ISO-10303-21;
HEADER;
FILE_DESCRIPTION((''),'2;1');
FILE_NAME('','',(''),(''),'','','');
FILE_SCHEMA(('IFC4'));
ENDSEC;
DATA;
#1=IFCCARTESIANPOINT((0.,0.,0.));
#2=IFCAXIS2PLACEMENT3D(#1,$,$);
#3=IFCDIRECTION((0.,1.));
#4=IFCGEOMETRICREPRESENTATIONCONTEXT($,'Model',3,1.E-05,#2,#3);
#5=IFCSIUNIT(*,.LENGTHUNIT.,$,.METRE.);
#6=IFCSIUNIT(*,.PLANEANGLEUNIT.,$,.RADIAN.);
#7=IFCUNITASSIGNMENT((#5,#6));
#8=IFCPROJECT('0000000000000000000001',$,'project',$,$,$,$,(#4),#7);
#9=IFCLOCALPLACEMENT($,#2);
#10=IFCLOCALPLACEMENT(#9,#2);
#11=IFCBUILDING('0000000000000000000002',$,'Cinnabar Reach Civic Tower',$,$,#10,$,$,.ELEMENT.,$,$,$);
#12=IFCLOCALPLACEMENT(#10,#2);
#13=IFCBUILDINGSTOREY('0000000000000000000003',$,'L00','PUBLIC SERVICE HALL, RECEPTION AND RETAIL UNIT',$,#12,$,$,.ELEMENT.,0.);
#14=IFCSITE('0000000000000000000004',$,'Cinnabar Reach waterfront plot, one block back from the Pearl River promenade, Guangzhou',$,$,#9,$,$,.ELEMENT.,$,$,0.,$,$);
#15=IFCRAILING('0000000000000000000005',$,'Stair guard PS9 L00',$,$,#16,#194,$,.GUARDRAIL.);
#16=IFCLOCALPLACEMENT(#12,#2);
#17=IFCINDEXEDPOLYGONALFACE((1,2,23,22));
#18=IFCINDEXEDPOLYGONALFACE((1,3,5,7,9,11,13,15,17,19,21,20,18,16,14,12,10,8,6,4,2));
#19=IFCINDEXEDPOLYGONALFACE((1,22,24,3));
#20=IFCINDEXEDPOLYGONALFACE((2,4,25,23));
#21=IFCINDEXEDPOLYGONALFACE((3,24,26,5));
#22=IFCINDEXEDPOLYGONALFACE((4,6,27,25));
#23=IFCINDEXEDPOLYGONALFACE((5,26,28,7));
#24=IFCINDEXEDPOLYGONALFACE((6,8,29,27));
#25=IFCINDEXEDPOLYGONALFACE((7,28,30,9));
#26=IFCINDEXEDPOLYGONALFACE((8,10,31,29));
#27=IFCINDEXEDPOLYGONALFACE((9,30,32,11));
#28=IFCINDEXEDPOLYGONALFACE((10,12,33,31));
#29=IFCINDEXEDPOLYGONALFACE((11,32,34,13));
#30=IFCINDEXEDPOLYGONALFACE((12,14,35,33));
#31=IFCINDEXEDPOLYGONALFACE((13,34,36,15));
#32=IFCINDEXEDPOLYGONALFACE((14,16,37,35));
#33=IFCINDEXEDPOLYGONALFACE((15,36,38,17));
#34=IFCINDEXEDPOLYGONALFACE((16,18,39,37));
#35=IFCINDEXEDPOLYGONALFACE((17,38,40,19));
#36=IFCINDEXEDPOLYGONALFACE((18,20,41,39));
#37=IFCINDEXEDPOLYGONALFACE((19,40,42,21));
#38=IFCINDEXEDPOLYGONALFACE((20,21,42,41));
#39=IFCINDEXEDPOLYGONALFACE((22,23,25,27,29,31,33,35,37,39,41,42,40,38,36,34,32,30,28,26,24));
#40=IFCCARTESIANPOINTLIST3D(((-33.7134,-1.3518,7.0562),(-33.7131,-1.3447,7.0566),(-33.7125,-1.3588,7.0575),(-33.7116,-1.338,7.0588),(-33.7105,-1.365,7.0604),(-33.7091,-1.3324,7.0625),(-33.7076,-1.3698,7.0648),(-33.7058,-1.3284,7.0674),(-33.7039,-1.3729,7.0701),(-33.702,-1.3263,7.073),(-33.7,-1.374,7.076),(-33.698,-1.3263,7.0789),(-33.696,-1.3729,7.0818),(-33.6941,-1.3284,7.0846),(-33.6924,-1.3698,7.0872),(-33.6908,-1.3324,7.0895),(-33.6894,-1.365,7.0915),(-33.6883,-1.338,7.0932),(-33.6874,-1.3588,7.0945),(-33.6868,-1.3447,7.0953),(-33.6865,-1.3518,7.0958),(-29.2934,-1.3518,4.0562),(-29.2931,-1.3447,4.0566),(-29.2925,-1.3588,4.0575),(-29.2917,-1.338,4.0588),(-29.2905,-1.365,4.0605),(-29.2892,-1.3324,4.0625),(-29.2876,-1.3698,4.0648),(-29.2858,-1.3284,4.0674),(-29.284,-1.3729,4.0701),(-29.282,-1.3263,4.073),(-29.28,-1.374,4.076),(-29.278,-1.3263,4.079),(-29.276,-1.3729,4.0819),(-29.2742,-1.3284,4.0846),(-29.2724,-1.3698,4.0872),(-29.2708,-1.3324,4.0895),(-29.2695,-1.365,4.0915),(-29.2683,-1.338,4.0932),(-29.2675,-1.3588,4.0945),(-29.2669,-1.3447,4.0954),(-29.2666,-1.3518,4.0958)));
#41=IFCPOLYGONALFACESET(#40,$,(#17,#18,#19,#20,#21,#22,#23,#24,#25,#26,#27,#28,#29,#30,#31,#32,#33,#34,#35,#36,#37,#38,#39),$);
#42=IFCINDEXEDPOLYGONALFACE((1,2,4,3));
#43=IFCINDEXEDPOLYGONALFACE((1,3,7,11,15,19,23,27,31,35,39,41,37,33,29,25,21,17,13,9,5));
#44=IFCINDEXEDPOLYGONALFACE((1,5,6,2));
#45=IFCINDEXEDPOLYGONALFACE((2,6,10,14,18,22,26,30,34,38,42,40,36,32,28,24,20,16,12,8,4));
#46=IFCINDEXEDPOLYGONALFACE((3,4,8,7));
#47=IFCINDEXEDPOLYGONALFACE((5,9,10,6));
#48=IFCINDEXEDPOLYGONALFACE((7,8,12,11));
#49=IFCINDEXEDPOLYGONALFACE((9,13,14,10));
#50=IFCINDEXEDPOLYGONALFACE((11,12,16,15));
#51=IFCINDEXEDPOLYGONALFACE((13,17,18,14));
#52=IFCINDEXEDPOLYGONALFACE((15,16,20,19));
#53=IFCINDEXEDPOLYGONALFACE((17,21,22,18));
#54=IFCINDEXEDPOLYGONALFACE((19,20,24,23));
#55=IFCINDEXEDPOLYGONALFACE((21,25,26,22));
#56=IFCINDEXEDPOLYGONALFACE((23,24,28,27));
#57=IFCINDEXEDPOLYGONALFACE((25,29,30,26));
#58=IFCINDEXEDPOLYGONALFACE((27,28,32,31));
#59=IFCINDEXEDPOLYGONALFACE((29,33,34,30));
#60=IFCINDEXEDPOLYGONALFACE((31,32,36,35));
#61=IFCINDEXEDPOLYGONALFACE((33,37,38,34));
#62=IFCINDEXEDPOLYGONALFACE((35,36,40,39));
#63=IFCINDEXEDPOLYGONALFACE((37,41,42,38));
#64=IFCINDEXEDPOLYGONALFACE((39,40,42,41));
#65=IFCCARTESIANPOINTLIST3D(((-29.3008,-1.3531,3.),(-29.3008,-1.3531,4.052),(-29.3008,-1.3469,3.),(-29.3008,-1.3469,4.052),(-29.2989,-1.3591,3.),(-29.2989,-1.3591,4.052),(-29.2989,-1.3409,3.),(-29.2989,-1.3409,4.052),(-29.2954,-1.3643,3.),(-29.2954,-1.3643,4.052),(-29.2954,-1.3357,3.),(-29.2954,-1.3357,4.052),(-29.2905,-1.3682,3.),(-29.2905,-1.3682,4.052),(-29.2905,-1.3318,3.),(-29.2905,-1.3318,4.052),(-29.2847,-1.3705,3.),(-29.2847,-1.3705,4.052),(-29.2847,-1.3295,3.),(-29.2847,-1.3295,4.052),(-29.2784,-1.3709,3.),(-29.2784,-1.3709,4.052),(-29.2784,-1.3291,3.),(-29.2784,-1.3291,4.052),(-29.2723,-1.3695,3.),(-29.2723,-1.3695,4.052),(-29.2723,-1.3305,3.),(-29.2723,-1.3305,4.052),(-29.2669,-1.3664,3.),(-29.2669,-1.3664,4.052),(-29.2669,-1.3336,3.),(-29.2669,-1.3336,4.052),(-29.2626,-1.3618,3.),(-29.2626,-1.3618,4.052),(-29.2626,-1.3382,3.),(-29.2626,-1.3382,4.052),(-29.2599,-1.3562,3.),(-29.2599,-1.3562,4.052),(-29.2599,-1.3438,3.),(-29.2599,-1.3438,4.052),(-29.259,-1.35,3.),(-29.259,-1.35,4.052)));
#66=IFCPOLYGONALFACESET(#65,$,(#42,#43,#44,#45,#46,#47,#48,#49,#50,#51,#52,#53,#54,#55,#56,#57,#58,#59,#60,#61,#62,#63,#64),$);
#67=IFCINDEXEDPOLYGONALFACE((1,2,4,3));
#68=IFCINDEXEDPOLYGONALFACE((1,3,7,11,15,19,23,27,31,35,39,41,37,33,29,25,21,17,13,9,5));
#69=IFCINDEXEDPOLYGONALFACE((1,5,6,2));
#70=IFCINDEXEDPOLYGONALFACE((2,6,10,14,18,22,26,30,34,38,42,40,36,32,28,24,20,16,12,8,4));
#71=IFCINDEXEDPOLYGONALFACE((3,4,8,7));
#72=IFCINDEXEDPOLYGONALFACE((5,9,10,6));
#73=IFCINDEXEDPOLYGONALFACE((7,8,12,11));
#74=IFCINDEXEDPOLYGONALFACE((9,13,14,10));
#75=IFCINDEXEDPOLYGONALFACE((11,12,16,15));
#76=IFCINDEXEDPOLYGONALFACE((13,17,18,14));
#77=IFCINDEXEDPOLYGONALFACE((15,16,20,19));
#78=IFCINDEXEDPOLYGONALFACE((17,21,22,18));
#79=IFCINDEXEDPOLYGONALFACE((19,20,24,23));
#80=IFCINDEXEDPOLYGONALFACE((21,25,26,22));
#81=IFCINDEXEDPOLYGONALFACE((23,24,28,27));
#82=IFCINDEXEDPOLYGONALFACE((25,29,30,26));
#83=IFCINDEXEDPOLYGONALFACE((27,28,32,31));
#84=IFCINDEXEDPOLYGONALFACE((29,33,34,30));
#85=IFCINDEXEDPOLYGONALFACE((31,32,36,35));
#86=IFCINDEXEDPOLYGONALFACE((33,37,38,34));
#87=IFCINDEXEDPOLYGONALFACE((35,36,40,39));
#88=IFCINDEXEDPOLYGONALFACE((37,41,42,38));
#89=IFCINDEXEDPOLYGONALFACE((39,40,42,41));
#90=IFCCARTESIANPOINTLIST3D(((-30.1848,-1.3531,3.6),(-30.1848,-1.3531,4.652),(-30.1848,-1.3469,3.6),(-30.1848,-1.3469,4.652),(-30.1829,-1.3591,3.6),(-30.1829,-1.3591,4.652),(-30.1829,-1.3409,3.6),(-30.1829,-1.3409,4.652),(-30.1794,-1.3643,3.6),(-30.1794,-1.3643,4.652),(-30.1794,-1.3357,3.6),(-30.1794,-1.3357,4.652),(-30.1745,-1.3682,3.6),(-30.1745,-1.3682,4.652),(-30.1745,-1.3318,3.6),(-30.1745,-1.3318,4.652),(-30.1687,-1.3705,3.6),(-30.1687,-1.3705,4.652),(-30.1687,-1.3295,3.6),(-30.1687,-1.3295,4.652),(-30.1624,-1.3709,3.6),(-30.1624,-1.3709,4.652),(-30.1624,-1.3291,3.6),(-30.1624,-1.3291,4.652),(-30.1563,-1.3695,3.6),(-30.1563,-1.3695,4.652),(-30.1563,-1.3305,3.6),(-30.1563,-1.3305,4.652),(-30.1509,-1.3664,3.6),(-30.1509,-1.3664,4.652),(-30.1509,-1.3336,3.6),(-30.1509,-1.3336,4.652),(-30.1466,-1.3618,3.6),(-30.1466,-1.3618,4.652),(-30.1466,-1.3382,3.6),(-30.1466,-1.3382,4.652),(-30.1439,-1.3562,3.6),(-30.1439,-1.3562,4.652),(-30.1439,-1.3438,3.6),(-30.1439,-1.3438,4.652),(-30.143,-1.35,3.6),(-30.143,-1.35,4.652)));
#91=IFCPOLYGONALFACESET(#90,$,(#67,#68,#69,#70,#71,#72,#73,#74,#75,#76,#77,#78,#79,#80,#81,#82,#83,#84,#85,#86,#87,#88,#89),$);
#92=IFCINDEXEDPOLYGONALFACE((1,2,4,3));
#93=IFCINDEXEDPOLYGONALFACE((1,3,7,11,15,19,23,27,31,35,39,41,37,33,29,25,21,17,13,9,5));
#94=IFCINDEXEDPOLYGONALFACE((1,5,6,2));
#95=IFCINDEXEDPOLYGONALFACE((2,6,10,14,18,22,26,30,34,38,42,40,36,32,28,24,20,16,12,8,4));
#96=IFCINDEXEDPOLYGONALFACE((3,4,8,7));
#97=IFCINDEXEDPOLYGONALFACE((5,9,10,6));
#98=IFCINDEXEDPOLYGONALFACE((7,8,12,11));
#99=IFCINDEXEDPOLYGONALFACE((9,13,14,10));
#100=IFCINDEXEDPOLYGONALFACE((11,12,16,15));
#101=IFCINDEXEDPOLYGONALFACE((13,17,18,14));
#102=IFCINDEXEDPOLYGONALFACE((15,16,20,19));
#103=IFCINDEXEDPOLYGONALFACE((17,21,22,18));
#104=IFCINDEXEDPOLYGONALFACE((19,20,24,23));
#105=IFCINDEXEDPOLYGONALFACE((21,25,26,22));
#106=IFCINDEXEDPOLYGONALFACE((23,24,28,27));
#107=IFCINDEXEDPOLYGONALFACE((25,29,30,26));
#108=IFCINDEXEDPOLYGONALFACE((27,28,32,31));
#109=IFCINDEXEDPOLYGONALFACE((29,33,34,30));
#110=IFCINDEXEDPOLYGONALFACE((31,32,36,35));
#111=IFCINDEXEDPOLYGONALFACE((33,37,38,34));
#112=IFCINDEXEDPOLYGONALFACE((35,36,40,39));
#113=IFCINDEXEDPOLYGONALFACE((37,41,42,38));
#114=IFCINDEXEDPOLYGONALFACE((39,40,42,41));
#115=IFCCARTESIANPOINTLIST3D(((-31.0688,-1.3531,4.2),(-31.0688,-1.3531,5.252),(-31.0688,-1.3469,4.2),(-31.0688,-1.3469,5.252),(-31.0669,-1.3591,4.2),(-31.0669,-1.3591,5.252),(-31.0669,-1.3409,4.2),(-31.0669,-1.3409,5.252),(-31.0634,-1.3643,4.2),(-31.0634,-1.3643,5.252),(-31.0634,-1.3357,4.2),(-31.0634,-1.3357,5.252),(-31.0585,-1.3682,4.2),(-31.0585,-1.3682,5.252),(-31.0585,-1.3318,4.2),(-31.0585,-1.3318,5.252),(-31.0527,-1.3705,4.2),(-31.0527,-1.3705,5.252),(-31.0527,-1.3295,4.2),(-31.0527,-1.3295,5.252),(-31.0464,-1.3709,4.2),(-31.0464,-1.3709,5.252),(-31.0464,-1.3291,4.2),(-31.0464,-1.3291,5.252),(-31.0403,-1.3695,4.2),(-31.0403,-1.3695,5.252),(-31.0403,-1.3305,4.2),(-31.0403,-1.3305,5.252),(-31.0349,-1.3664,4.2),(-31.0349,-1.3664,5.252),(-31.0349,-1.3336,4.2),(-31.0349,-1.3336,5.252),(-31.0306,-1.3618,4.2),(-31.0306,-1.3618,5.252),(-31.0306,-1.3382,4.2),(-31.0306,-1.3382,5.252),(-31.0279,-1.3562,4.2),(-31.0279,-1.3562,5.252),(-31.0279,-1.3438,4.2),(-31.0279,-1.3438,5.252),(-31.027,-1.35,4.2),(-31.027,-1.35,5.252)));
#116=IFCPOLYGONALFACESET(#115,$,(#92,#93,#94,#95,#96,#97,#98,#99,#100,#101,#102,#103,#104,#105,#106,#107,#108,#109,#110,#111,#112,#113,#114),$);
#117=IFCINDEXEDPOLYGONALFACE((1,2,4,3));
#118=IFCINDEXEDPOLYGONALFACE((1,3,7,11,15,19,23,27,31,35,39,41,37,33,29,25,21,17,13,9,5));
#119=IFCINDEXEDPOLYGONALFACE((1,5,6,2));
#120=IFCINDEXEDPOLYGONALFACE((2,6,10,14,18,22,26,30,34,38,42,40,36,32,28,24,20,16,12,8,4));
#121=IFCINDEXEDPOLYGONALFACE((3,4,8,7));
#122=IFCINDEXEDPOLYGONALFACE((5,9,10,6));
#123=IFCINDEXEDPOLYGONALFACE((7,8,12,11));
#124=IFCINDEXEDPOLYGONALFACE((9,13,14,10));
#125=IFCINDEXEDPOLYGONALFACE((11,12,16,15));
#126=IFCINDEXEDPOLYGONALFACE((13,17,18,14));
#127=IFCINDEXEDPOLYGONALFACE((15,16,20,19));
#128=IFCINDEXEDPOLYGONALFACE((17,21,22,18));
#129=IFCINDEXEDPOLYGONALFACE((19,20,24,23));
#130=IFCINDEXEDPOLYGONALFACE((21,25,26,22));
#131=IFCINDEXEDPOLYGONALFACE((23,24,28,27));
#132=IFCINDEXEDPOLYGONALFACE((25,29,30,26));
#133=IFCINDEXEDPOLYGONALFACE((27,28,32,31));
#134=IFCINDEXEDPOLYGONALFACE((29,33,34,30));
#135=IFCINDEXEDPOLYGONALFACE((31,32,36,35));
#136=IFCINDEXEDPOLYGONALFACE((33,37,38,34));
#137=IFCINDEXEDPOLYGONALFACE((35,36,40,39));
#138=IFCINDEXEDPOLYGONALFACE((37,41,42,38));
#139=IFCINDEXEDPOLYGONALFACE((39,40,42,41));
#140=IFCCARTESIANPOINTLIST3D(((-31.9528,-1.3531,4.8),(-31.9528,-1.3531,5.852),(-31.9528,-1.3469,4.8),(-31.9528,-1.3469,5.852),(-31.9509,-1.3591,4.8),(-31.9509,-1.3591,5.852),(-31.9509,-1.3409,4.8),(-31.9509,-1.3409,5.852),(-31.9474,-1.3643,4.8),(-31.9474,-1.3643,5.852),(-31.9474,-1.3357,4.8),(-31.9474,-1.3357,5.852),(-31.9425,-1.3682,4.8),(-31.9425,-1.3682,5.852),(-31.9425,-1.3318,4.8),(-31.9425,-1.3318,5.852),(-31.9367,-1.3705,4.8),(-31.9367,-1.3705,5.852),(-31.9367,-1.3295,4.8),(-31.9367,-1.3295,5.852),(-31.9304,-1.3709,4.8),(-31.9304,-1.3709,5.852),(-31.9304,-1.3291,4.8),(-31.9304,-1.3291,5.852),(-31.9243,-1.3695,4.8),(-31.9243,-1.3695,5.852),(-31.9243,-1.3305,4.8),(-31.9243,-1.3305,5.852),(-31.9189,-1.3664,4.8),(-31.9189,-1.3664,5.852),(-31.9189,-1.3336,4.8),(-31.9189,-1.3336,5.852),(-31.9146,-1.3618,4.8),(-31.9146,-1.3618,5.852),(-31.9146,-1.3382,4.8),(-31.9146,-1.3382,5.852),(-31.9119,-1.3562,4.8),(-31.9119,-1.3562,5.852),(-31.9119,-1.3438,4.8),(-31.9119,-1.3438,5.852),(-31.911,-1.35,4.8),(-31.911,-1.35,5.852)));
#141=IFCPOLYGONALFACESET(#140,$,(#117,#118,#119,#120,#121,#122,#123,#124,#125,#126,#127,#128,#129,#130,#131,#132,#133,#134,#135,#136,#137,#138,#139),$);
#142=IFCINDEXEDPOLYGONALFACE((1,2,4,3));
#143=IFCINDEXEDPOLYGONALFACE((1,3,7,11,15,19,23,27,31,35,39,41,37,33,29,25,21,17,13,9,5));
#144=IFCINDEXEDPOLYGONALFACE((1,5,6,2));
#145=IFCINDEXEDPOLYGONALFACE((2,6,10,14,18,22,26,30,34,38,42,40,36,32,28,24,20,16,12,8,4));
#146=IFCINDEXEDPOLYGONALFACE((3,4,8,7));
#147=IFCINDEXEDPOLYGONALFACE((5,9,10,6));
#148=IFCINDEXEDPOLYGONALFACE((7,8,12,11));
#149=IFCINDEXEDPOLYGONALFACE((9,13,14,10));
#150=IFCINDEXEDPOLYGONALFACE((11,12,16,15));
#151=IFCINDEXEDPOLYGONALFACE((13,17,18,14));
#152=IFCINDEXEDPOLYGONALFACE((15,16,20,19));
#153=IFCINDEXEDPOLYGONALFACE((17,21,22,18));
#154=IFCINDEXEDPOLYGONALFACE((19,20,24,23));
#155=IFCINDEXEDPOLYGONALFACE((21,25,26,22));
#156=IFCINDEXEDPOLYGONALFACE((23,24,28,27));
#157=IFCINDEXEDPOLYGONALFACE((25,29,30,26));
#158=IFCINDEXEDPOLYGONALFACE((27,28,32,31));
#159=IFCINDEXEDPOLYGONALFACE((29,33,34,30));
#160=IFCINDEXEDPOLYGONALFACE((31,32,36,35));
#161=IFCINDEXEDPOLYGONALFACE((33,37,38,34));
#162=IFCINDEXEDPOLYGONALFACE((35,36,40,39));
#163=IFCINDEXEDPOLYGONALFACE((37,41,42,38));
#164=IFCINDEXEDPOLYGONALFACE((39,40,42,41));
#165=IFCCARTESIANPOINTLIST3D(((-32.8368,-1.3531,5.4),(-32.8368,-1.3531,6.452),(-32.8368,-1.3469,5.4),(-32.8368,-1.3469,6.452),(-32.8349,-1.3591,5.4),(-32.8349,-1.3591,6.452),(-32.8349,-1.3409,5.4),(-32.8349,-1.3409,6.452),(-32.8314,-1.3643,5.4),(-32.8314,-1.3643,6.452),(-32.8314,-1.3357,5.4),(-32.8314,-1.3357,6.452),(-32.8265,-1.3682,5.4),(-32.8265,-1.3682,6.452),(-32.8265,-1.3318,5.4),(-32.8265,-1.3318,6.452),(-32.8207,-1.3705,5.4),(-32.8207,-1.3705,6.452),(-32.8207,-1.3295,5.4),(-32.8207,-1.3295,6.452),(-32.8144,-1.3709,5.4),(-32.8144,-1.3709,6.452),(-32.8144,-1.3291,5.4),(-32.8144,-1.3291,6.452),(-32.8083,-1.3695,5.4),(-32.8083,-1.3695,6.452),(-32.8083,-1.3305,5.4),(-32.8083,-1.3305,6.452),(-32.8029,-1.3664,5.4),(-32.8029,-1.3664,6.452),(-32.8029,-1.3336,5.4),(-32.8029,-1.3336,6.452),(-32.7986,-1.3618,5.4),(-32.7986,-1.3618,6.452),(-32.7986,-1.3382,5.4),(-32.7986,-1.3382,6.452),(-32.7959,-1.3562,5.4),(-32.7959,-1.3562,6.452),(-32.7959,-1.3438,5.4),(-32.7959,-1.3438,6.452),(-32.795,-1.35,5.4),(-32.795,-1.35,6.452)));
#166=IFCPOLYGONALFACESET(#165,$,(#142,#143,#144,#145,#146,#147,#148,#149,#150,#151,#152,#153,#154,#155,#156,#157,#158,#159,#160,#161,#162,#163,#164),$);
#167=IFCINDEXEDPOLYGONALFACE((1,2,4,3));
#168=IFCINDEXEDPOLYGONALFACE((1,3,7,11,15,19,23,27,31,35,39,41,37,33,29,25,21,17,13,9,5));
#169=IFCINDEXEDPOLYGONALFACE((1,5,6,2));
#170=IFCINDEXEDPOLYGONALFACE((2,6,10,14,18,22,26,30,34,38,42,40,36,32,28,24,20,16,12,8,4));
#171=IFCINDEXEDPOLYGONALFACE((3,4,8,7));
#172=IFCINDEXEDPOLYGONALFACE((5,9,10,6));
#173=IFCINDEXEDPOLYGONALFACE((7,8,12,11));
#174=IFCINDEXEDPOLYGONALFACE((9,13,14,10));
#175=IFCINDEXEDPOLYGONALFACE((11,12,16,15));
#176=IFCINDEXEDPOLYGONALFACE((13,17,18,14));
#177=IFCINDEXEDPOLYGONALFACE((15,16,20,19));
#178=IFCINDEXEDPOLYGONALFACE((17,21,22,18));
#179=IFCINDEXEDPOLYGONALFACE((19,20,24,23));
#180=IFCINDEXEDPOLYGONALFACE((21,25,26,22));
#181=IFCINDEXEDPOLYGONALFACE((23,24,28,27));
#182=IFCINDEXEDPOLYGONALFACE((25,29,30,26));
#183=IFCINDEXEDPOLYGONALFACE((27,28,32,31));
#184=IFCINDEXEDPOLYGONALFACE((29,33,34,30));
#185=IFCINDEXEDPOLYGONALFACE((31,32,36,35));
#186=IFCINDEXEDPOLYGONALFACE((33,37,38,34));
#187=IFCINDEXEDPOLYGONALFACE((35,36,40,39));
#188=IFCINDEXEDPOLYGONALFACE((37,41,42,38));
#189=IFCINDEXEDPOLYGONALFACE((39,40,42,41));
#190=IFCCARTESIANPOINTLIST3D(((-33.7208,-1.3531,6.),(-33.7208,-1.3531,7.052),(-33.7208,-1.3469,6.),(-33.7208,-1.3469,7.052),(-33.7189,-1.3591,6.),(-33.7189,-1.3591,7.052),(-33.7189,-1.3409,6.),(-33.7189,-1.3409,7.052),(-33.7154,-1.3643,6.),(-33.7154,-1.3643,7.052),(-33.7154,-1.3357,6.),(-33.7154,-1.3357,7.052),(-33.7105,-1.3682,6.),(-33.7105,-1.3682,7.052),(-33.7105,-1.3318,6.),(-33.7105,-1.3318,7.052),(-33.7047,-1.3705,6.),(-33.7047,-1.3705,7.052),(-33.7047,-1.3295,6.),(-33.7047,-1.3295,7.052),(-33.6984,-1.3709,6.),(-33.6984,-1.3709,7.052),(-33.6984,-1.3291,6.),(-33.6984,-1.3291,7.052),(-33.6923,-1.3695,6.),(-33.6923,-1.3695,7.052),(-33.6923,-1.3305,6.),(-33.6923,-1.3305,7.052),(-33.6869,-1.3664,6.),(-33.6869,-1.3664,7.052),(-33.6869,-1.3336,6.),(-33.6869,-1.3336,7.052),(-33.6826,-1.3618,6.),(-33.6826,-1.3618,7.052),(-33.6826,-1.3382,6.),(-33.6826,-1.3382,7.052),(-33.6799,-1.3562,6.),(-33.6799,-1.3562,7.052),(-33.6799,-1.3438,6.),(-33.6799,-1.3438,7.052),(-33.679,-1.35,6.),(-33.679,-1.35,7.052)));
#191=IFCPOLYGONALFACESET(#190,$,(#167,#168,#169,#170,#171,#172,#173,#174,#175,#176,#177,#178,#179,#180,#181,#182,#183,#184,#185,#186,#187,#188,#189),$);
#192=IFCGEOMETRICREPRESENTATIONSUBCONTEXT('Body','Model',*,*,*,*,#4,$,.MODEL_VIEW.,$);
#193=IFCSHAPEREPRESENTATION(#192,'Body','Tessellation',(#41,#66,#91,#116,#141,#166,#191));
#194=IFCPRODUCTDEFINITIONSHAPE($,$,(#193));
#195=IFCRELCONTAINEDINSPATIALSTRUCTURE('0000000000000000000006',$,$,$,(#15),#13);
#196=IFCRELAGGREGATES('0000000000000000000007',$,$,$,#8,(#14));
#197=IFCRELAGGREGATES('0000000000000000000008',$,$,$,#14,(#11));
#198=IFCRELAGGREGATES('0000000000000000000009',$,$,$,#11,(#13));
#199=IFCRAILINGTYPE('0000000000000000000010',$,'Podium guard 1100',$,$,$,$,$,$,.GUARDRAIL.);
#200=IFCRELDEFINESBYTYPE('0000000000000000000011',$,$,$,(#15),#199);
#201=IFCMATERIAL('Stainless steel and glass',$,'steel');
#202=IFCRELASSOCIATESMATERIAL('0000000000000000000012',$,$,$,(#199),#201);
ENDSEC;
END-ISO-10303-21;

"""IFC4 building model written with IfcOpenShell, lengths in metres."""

from ifc_helpers import new_model, si_unit, direction, frame, origin, origin_2d, place, context, subcontext, project, spatial, circle, extrude, material, type_object, element, save


model = new_model("IFC4")

# Units and contexts
model_context = context("Model", 3, precision=1e-05, world=origin(), true_north=direction((0.0, 1.0)))
body_context = subcontext(model_context, "Body", "Model", "MODEL_VIEW")
ifc_project = project(units=[si_unit("LENGTHUNIT", "METRE"), si_unit("PLANEANGLEUNIT", "RADIAN")], contexts=[model_context])

# Site, building, storey
site_placement = place(None, origin())
site = spatial("IfcSite", under=ifc_project, at=site_placement, Name="Cinnabar Reach waterfront plot, one block back from the Pearl River promenade, Guangzhou", CompositionType="ELEMENT", RefElevation=0.0)
building_placement = place(site_placement, origin())
building = spatial("IfcBuilding", under=site, at=building_placement, Name="Cinnabar Reach Civic Tower", CompositionType="ELEMENT")
storey_placement = place(building_placement, origin())
storey = spatial("IfcBuildingStorey", under=building, at=storey_placement, Name="L00", Description="PUBLIC SERVICE HALL, RECEPTION AND RETAIL UNIT", CompositionType="ELEMENT", Elevation=0.0)

# Railing
ifc_material_1 = material(Name="Stainless steel and glass", Category="steel")
railing_type_1 = type_object("IfcRailingType", Name="Podium guard 1100", PredefinedType="GUARDRAIL", material=ifc_material_1)
railing_1_placement = place(storey_placement, frame((-29.28, -1.35, 3.0)))
element("IfcRailing", 1, at=railing_1_placement, inside=storey, type_object=railing_type_1, Name="Stair guard PS9 L00", PredefinedType="GUARDRAIL", context=body_context, shape_type="SweptSolid", body=[
    extrude(circle(Radius=0.024, at=origin_2d()), frame((0.0, 0.0, 1.076), z_axis=(-0.827414, 0.0, 0.561593), x_axis=(0.0, -1.0, 0.0)), (0.0, 0.0, 1.0), 5.3419),
    extrude(circle(Radius=0.021, at=origin_2d()), origin(), (0.0, 0.0, 1.0), 1.052),
    extrude(circle(Radius=0.021, at=origin_2d()), frame((-0.884, 0.0, 0.6)), (0.0, 0.0, 1.0), 1.052),
    extrude(circle(Radius=0.021, at=origin_2d()), frame((-1.768, 0.0, 1.2)), (0.0, 0.0, 1.0), 1.052),
    extrude(circle(Radius=0.021, at=origin_2d()), frame((-2.652, 0.0, 1.8)), (0.0, 0.0, 1.0), 1.052),
    extrude(circle(Radius=0.021, at=origin_2d()), frame((-3.536, 0.0, 2.4)), (0.0, 0.0, 1.0), 1.052),
    extrude(circle(Radius=0.021, at=origin_2d()), frame((-4.42, 0.0, 3.0)), (0.0, 0.0, 1.0), 1.052),
])

save(model, "model.ifc")
